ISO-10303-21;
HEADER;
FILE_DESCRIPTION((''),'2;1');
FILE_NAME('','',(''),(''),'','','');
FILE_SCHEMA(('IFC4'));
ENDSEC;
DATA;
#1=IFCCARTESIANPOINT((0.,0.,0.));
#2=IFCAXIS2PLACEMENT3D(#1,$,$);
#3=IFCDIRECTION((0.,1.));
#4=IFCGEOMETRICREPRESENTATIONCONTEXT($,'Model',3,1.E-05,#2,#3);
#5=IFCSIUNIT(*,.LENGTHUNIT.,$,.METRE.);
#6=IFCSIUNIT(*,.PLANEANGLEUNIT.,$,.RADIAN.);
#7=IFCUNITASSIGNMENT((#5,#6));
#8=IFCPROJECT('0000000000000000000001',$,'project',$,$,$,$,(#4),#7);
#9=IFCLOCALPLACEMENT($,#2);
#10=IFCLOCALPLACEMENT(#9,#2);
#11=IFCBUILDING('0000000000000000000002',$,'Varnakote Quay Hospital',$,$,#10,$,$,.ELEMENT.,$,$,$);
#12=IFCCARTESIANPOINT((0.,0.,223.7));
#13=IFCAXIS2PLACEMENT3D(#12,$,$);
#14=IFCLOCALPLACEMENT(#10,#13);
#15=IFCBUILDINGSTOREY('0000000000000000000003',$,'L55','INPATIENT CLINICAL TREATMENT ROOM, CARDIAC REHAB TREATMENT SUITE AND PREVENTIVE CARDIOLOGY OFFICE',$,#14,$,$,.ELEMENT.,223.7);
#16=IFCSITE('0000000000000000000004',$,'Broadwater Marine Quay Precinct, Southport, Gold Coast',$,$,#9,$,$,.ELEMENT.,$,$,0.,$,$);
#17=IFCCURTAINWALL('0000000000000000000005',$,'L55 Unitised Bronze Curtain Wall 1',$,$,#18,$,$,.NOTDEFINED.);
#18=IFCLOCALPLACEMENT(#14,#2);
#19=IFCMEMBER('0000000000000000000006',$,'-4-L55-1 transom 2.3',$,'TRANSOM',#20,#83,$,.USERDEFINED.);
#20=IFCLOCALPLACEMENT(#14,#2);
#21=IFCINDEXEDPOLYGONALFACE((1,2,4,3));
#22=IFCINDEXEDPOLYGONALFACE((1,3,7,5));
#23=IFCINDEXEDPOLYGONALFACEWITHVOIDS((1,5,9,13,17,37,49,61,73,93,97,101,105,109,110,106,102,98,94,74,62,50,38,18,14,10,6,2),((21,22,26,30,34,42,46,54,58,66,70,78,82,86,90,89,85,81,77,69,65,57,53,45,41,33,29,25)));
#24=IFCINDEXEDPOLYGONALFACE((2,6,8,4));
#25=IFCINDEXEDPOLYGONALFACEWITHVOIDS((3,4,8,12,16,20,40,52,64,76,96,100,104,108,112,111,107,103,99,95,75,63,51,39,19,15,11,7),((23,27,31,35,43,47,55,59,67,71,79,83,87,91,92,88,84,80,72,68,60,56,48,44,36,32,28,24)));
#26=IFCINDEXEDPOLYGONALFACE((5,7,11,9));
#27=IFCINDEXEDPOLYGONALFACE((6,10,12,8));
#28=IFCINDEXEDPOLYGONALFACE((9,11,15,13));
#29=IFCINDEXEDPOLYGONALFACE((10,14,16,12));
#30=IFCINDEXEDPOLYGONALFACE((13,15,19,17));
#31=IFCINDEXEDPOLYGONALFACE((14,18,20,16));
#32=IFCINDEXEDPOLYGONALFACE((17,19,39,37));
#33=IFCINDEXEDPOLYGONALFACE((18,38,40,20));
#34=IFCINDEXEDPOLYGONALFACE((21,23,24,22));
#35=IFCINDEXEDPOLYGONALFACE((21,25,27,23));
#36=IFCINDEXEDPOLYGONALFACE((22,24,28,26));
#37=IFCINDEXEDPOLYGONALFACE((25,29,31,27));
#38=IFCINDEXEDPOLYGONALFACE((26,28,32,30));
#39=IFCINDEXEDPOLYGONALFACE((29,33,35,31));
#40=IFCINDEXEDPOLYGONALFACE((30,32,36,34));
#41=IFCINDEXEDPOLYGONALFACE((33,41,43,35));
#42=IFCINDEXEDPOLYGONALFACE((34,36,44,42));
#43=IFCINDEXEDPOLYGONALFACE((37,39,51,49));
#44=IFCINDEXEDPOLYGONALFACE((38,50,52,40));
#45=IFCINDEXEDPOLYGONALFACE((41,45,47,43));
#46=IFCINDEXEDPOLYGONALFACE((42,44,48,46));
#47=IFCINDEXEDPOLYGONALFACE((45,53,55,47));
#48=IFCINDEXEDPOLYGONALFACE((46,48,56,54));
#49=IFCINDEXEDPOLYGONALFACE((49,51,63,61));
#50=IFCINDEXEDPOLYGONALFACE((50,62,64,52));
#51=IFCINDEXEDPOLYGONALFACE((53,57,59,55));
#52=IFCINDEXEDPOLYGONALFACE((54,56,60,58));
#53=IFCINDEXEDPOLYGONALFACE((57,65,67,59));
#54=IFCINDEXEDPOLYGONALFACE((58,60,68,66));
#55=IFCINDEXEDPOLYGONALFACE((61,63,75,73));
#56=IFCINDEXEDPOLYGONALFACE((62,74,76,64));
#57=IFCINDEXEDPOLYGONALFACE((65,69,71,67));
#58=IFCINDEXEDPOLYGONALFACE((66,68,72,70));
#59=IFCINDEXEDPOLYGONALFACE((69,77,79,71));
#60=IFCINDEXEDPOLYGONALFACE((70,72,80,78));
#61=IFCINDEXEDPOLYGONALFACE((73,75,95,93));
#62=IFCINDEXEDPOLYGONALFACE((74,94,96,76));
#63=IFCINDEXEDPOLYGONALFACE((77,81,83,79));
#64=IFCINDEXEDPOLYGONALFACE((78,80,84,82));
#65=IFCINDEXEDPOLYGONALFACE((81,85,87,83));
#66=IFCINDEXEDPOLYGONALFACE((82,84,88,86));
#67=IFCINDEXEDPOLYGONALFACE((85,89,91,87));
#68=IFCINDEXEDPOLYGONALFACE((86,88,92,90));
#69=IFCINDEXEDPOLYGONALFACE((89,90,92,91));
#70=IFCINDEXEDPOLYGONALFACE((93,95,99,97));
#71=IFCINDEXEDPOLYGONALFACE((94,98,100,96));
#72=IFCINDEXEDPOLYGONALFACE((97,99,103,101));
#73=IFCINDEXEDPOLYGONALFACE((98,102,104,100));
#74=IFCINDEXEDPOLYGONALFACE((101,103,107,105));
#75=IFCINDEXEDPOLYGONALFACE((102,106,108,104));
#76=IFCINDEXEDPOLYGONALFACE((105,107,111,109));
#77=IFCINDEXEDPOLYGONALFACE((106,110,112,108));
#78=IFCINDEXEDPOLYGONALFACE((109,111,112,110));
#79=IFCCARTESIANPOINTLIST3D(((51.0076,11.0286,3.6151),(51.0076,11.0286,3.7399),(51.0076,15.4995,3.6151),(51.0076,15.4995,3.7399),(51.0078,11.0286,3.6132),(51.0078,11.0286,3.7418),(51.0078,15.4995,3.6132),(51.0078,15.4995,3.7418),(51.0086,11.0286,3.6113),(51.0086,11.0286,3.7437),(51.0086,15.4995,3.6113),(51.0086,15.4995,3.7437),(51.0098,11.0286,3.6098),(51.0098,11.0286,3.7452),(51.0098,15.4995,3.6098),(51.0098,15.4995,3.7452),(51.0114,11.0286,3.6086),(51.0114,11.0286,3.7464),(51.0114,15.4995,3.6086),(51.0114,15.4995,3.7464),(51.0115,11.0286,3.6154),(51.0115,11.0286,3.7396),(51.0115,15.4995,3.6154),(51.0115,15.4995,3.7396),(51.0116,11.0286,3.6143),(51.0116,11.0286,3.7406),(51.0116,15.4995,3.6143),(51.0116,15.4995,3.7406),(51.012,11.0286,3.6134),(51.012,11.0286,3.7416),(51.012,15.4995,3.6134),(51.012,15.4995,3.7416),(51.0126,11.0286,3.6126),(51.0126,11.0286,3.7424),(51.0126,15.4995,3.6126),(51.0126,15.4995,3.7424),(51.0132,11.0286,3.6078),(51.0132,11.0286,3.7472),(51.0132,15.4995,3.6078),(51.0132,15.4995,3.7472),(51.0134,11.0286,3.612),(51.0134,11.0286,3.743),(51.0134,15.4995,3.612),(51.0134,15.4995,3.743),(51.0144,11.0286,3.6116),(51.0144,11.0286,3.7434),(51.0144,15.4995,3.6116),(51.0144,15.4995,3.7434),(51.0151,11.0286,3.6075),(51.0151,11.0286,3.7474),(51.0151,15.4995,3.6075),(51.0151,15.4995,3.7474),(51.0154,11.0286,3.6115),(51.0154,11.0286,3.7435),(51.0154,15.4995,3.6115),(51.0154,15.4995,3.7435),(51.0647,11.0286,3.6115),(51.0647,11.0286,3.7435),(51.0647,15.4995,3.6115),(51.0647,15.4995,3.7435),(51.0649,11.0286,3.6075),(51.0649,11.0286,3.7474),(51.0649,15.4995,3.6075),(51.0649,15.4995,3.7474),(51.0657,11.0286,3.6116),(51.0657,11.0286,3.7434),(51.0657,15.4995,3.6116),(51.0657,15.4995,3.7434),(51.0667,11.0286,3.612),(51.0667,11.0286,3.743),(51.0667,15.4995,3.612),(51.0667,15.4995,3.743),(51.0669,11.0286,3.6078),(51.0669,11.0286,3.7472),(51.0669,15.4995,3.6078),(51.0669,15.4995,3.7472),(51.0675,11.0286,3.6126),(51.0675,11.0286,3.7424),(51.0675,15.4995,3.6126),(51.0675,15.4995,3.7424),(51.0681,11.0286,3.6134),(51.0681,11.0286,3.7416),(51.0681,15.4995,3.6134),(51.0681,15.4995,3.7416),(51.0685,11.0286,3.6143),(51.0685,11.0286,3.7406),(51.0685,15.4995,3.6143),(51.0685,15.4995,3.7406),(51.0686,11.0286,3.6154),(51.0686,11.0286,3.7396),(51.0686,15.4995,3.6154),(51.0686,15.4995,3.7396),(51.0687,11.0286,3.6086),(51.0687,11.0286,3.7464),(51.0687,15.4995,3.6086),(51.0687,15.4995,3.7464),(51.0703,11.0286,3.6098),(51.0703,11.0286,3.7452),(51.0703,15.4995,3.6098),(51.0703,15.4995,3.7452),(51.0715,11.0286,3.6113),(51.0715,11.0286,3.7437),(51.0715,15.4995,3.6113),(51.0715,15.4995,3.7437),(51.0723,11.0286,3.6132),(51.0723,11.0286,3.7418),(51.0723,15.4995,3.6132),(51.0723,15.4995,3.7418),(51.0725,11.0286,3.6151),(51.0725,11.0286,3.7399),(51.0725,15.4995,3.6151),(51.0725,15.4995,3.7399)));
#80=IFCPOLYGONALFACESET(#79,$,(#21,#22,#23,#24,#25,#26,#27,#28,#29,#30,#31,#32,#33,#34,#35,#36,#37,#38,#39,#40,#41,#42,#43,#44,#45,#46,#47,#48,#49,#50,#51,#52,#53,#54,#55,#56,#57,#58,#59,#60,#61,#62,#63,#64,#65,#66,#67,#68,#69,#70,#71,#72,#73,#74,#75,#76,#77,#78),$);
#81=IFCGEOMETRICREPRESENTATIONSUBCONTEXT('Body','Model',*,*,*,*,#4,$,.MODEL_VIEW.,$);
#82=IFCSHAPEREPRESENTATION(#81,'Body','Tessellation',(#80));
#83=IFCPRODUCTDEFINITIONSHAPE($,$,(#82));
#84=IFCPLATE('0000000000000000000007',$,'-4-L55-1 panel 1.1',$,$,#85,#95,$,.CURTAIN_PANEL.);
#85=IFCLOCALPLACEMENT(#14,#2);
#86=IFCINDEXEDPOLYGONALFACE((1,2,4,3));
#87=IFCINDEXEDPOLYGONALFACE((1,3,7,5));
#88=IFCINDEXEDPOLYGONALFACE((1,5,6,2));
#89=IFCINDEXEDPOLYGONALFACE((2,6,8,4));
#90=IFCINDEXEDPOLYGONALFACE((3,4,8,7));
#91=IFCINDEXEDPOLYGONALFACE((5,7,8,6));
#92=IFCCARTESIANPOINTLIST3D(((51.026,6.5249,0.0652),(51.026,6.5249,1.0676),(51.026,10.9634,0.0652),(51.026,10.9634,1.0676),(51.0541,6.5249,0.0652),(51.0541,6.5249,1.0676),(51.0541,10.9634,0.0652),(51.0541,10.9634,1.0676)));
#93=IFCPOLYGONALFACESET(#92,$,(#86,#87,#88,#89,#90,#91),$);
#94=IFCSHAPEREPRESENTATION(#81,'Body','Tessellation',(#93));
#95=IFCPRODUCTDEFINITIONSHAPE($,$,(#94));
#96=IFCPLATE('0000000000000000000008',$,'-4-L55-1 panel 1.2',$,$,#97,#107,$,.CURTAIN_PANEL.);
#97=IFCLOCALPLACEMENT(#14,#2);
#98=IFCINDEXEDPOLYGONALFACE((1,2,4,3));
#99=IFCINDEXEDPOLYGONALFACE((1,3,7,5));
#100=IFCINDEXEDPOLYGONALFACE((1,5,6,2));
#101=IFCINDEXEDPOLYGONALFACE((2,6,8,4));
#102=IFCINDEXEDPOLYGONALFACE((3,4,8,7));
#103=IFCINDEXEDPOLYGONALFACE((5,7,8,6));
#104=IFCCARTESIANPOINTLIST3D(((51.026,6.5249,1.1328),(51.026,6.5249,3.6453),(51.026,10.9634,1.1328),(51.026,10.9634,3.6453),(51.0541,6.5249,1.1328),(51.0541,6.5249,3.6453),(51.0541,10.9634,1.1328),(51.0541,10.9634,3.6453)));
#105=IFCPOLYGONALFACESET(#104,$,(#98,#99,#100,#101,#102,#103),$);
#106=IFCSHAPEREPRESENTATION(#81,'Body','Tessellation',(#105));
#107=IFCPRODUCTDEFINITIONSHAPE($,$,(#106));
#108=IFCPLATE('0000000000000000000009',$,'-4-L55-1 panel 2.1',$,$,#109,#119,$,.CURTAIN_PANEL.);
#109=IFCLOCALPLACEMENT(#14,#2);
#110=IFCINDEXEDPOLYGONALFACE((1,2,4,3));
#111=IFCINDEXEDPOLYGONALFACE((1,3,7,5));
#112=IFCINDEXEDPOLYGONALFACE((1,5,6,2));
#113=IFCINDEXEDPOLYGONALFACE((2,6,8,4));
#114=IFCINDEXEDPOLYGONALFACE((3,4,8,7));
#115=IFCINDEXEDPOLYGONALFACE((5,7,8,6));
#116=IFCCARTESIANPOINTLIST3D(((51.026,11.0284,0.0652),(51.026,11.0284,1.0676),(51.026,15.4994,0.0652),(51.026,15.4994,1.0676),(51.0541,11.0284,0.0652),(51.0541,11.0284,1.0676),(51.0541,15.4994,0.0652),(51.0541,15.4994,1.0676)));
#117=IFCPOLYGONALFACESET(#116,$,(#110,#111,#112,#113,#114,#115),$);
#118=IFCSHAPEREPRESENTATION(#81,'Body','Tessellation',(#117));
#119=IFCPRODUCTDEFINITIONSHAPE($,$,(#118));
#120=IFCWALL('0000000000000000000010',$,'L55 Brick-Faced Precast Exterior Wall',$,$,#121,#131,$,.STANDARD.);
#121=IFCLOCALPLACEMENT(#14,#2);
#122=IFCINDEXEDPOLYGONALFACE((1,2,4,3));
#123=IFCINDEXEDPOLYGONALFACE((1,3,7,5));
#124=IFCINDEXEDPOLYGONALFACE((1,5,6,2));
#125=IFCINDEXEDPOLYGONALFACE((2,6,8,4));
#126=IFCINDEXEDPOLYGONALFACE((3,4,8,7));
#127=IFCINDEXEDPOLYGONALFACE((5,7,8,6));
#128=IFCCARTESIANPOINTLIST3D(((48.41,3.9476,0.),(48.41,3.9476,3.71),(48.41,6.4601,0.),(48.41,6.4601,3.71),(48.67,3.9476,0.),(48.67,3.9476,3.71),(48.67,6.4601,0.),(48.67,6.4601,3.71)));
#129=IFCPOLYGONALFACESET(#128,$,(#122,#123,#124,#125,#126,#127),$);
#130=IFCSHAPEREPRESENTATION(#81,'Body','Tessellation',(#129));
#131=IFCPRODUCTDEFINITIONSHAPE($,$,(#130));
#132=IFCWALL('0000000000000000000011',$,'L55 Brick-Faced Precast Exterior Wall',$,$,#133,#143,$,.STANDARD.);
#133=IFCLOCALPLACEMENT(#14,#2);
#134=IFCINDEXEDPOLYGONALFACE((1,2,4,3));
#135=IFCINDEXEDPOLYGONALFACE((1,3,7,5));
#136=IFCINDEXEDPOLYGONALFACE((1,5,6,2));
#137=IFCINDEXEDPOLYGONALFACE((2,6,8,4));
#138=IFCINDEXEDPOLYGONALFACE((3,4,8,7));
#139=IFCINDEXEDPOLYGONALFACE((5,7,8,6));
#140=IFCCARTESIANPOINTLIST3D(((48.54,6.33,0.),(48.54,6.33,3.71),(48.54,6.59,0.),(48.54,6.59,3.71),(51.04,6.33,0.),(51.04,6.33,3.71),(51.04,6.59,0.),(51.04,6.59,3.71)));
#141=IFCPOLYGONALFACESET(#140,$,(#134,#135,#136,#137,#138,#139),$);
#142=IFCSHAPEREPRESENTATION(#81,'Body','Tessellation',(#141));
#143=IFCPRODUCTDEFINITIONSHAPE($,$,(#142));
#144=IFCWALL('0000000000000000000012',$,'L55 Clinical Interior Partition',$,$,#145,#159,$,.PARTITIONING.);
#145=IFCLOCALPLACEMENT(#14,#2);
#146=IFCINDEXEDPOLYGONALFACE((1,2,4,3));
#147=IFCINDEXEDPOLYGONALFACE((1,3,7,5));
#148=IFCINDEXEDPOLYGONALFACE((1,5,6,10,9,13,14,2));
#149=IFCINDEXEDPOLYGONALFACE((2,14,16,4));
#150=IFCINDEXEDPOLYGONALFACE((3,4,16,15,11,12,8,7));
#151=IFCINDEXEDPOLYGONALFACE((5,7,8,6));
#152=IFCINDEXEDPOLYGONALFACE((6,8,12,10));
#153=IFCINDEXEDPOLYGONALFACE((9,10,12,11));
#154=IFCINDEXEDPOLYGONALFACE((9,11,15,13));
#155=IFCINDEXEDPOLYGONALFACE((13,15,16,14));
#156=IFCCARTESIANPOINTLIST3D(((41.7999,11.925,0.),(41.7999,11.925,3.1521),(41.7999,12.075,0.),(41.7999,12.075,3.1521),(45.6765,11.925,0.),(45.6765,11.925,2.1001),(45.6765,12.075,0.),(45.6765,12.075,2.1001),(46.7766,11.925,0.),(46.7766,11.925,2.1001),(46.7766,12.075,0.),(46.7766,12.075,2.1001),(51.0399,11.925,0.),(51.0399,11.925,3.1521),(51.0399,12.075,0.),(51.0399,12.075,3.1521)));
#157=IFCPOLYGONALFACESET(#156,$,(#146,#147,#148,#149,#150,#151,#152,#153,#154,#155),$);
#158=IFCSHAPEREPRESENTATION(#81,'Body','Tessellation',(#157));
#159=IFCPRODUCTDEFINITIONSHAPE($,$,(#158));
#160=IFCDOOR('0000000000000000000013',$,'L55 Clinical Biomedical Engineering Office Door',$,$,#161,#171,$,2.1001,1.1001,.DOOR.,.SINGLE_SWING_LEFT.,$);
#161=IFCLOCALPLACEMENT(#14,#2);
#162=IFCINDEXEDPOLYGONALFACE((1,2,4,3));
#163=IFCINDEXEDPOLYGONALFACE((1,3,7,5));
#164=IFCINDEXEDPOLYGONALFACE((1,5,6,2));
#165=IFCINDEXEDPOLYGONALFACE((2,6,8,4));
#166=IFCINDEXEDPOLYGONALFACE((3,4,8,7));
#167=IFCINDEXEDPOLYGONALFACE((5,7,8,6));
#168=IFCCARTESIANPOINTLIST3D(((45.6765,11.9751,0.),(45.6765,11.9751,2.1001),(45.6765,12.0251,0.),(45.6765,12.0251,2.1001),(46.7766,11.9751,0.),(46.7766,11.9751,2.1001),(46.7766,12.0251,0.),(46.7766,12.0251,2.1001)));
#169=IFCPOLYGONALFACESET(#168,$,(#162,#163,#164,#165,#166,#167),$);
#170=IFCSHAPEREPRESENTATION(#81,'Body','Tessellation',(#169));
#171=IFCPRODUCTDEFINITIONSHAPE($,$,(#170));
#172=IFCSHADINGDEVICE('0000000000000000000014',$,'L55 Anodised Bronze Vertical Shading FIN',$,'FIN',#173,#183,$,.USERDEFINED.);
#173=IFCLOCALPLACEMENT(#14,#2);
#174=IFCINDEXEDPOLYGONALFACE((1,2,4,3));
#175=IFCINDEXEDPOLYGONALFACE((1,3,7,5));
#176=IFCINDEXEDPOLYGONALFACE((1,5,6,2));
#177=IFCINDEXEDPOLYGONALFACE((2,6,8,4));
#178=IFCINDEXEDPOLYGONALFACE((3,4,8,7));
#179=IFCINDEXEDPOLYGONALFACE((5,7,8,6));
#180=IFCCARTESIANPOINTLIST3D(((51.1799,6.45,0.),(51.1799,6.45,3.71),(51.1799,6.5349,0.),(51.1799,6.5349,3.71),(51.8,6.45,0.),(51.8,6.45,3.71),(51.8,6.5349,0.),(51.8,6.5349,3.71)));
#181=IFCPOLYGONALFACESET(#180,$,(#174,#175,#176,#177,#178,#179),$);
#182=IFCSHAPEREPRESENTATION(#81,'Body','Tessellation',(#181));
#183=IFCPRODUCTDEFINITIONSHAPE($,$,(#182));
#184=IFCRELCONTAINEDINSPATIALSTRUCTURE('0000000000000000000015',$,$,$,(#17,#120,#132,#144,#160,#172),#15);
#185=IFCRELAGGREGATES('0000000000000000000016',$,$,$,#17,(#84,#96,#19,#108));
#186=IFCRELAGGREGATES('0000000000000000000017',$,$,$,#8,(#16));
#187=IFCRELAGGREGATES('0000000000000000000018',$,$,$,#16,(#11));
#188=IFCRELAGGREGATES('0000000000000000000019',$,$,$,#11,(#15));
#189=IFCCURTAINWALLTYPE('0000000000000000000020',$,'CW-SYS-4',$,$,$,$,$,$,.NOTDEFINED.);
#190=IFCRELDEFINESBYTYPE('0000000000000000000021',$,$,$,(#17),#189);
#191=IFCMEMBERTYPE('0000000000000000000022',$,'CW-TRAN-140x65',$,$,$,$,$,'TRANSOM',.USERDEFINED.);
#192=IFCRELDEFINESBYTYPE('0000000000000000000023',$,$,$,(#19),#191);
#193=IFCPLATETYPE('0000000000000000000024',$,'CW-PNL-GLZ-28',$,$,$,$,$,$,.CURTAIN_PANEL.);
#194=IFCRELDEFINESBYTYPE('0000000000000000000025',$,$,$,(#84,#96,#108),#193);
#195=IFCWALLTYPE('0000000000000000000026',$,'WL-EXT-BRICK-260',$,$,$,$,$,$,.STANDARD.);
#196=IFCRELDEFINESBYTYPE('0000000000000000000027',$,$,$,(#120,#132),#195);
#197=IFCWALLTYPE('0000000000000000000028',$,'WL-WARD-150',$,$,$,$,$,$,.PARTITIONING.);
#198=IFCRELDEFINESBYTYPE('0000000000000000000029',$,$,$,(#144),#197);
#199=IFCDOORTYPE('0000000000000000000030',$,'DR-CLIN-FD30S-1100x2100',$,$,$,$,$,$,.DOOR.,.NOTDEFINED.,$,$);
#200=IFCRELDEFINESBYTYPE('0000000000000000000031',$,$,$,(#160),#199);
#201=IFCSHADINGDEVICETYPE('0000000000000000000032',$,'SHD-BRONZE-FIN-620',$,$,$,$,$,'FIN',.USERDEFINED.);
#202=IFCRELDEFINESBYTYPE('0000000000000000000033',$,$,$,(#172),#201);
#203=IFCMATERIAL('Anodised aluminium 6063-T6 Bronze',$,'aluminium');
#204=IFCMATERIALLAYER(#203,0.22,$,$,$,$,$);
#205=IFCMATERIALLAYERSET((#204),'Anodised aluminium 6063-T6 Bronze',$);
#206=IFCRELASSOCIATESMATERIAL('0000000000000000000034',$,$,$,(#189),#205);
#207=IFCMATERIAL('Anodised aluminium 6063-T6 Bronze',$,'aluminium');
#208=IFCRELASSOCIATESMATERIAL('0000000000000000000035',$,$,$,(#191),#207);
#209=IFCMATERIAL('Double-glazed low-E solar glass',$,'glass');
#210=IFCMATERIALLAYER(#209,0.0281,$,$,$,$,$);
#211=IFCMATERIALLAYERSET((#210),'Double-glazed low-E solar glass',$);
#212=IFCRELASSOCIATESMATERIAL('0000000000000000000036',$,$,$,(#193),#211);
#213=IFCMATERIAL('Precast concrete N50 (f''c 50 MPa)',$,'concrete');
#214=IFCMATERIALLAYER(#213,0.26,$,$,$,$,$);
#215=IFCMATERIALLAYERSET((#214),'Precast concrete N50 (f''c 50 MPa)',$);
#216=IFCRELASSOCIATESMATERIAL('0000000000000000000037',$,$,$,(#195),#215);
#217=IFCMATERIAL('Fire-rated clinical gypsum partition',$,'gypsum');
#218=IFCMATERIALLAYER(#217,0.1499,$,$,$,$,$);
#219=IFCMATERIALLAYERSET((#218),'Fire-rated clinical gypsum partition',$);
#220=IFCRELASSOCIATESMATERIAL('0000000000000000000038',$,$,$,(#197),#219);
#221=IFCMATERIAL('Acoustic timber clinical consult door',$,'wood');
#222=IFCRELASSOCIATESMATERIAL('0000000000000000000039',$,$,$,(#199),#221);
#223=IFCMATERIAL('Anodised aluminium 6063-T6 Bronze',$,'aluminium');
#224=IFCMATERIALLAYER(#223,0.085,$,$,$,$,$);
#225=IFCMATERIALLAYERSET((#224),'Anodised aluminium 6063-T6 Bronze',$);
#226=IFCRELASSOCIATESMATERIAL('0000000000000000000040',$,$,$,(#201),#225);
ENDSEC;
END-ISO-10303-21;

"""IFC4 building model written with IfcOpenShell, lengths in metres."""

from ifc_helpers import new_model, si_unit, direction, frame, frame_2d, origin, origin_2d, place, context, subcontext, project, spatial, rectangle, hollow_rectangle, extrude, material, layer, layer_set, material_profile, profile_set, type_object, element, fill, aggregate, save


model = new_model("IFC4")

# Units and contexts
model_context = context("Model", 3, precision=1e-05, world=origin(), true_north=direction((0.0, 1.0)))
body_context = subcontext(model_context, "Body", "Model", "MODEL_VIEW")
ifc_project = project(units=[si_unit("LENGTHUNIT", "METRE"), si_unit("PLANEANGLEUNIT", "RADIAN")], contexts=[model_context])

# Site, building, storey
site_placement = place(None, origin())
site = spatial("IfcSite", under=ifc_project, at=site_placement, Name="Broadwater Marine Quay Precinct, Southport, Gold Coast", CompositionType="ELEMENT", RefElevation=0.0)
building_placement = place(site_placement, origin())
building = spatial("IfcBuilding", under=site, at=building_placement, Name="Varnakote Quay Hospital", CompositionType="ELEMENT")
storey_placement = place(building_placement, frame((0.0, 0.0, 223.7)))
storey = spatial("IfcBuildingStorey", under=building, at=storey_placement, Name="L55", Description="INPATIENT CLINICAL TREATMENT ROOM, CARDIAC REHAB TREATMENT SUITE AND PREVENTIVE CARDIOLOGY OFFICE", CompositionType="ELEMENT", Elevation=223.7)

# Curtain wall, member, plates
ifc_material_1 = material(Name="Anodised aluminium 6063-T6 Bronze", Category="aluminium")
ifc_layer_1 = layer(ifc_material_1, 0.22)
ifc_layer_set_1 = layer_set([ifc_layer_1], Name="Anodised aluminium 6063-T6 Bronze")
curtain_wall_type = type_object("IfcCurtainWallType", Name="CW-SYS-4", PredefinedType="NOTDEFINED", material=ifc_layer_set_1)
curtain_wall_placement = place(storey_placement, origin())
curtain_wall = element("IfcCurtainWall", 1, at=curtain_wall_placement, inside=storey, type_object=curtain_wall_type, Name="L55 Unitised Bronze Curtain Wall 1", PredefinedType="NOTDEFINED")
ifc_material_2 = material(Name="Anodised aluminium 6063-T6 Bronze", Category="aluminium")
ifc_material_profile_1 = material_profile(ifc_material_2, hollow_rectangle(XDim=0.0649, YDim=0.1399, WallThickness=0.0039, InnerFilletRadius=0.0039, OuterFilletRadius=0.0076, at=origin_2d()), Name="CW-TRAN-140x65")
ifc_profile_set_1 = profile_set([ifc_material_profile_1], Name="Anodised aluminium 6063-T6 Bronze")
member_type_1 = type_object("IfcMemberType", Name="CW-TRAN-140x65", ElementType="TRANSOM", PredefinedType="USERDEFINED", material=ifc_profile_set_1)
member_1_placement = place(storey_placement, frame((51.04, 11.0286, 3.6775), z_axis=(0.0, 1.0, 0.0), x_axis=(-1.0, 0.0, 0.0)))
member_1 = element("IfcMember", 2, at=member_1_placement, type_object=member_type_1, Name="-4-L55-1 transom 2.3", ObjectType="TRANSOM", PredefinedType="USERDEFINED", context=body_context, shape_type="SweptSolid", body=[
    extrude(hollow_rectangle(XDim=0.0649, YDim=0.1399, WallThickness=0.0039, InnerFilletRadius=0.0039, OuterFilletRadius=0.0076, at=origin_2d()), origin(), (0.0, 0.0, 1.0), 4.4709),
])
ifc_material_3 = material(Name="Double-glazed low-E solar glass", Category="glass")
ifc_layer_2 = layer(ifc_material_3, 0.0281)
ifc_layer_set_2 = layer_set([ifc_layer_2], Name="Double-glazed low-E solar glass")
plate_type = type_object("IfcPlateType", Name="CW-PNL-GLZ-28", PredefinedType="CURTAIN_PANEL", material=ifc_layer_set_2)
plate_1_placement = place(storey_placement, frame((51.04, 8.7441, 0.0652), z_axis=(0.0, 0.0, 1.0), x_axis=(0.0, 1.0, 0.0)))
plate_1 = element("IfcPlate", 3, at=plate_1_placement, type_object=plate_type, Name="-4-L55-1 panel 1.1", PredefinedType="CURTAIN_PANEL", context=body_context, shape_type="SweptSolid", body=[
    extrude(rectangle(XDim=4.4385, YDim=0.0281, at=origin_2d()), origin(), (0.0, 0.0, 1.0), 1.0024),
])
plate_2_placement = place(storey_placement, frame((51.04, 8.7441, 1.1328), z_axis=(0.0, 0.0, 1.0), x_axis=(0.0, 1.0, 0.0)))
plate_2 = element("IfcPlate", 4, at=plate_2_placement, type_object=plate_type, Name="-4-L55-1 panel 1.2", PredefinedType="CURTAIN_PANEL", context=body_context, shape_type="SweptSolid", body=[
    extrude(rectangle(XDim=4.4385, YDim=0.0281, at=origin_2d()), origin(), (0.0, 0.0, 1.0), 2.5125),
])
plate_3_placement = place(storey_placement, frame((51.04, 13.2639, 0.0652), z_axis=(0.0, 0.0, 1.0), x_axis=(0.0, 1.0, 0.0)))
plate_3 = element("IfcPlate", 5, at=plate_3_placement, type_object=plate_type, Name="-4-L55-1 panel 2.1", PredefinedType="CURTAIN_PANEL", context=body_context, shape_type="SweptSolid", body=[
    extrude(rectangle(XDim=4.4709, YDim=0.0281, at=origin_2d()), origin(), (0.0, 0.0, 1.0), 1.0024),
])
aggregate(curtain_wall, [plate_1, plate_2, member_1, plate_3])

# Walls
ifc_material_4 = material(Name="Precast concrete N50 (f'c 50 MPa)", Category="concrete")
ifc_layer_3 = layer(ifc_material_4, 0.26)
ifc_layer_set_3 = layer_set([ifc_layer_3], Name="Precast concrete N50 (f'c 50 MPa)")
wall_type_1 = type_object("IfcWallType", Name="WL-EXT-BRICK-260", PredefinedType="STANDARD", material=ifc_layer_set_3)
wall_1_placement = place(storey_placement, frame((48.54, 3.9475, 0.0), z_axis=(0.0, 0.0, 1.0), x_axis=(0.0, 1.0, 0.0)))
element("IfcWall", 6, at=wall_1_placement, inside=storey, type_object=wall_type_1, Name="L55 Brick-Faced Precast Exterior Wall", PredefinedType="STANDARD", context=body_context, shape_type="SweptSolid", body=[
    extrude(rectangle(XDim=2.5125, YDim=0.26, at=frame_2d((1.2563, 0.0))), origin(), (0.0, 0.0, 1.0), 3.71),
])
wall_2_placement = place(storey_placement, frame((48.54, 6.46, 0.0), z_axis=(0.0, 0.0, 1.0), x_axis=(1.0, 0.0, 0.0)))
element("IfcWall", 7, at=wall_2_placement, inside=storey, type_object=wall_type_1, Name="L55 Brick-Faced Precast Exterior Wall", PredefinedType="STANDARD", context=body_context, shape_type="SweptSolid", body=[
    extrude(rectangle(XDim=2.5, YDim=0.26, at=frame_2d((1.25, 0.0))), origin(), (0.0, 0.0, 1.0), 3.71),
])

# Wall, opening, door
ifc_material_5 = material(Name="Fire-rated clinical gypsum partition", Category="gypsum")
ifc_layer_4 = layer(ifc_material_5, 0.1499)
ifc_layer_set_4 = layer_set([ifc_layer_4], Name="Fire-rated clinical gypsum partition")
wall_type_2 = type_object("IfcWallType", Name="WL-WARD-150", PredefinedType="PARTITIONING", material=ifc_layer_set_4)
wall_3_placement = place(storey_placement, frame((51.04, 12.0, 0.0), z_axis=(0.0, 0.0, 1.0), x_axis=(-1.0, 0.0, 0.0)))
wall_3 = element("IfcWall", 8, at=wall_3_placement, inside=storey, type_object=wall_type_2, Name="L55 Clinical Interior Partition", PredefinedType="PARTITIONING", context=body_context, shape_type="SweptSolid", body=[
    extrude(rectangle(XDim=9.24, YDim=0.1499, at=frame_2d((4.6201, 0.0))), origin(), (0.0, 0.0, 1.0), 3.1521),
])
opening_placement = place(wall_3_placement, frame((4.2634, 0.0, 0.0)))
opening = element("IfcOpeningElement", 9, at=opening_placement, cuts=wall_3, PredefinedType="OPENING", context=body_context, shape_type="SweptSolid", body=[
    extrude(rectangle(XDim=1.1001, YDim=2.1001, at=frame_2d((0.55, 1.05))), frame((0.0, 0.085, 0.0), z_axis=(0.0, -1.0, 0.0), x_axis=(1.0, 0.0, 0.0)), (0.0, 0.0, 1.0), 0.1699),
])
ifc_material_6 = material(Name="Acoustic timber clinical consult door", Category="wood")
door_type = type_object("IfcDoorType", Name="DR-CLIN-FD30S-1100x2100", OperationType="NOTDEFINED", PredefinedType="DOOR", material=ifc_material_6)
door_placement = place(opening_placement, origin())
door = element("IfcDoor", 10, at=door_placement, inside=storey, type_object=door_type, Name="L55 Clinical Biomedical Engineering Office Door", OperationType="SINGLE_SWING_LEFT", OverallHeight=2.1001, OverallWidth=1.1001, PredefinedType="DOOR", context=body_context, shape_type="SweptSolid", body=[
    extrude(rectangle(XDim=1.1001, YDim=2.1001, at=frame_2d((0.55, 1.05))), frame((0.0, 0.0249, 0.0), z_axis=(0.0, -1.0, 0.0), x_axis=(1.0, 0.0, 0.0)), (0.0, 0.0, 1.0), 0.05),
])
fill(opening, door)

# Shading device
ifc_material_7 = material(Name="Anodised aluminium 6063-T6 Bronze", Category="aluminium")
ifc_layer_5 = layer(ifc_material_7, 0.085)
ifc_layer_set_5 = layer_set([ifc_layer_5], Name="Anodised aluminium 6063-T6 Bronze")
shading_device_type = type_object("IfcShadingDeviceType", Name="SHD-BRONZE-FIN-620", ElementType="FIN", PredefinedType="USERDEFINED", material=ifc_layer_set_5)
for number, where, z_axis, x_axis, name in (
    (11, (51.49, 6.4924, 0.0), (0.0, 0.0, 1.0), (-1.0, 0.0, 0.0), "L55 Anodised Bronze Vertical Shading FIN"),
):
    element("IfcShadingDevice", number, at=place(storey_placement, frame(where, z_axis=z_axis, x_axis=x_axis)), inside=storey, type_object=shading_device_type, Name=name, ObjectType="FIN", PredefinedType="USERDEFINED", context=body_context, shape_type="SweptSolid", body=[
        extrude(rectangle(XDim=0.6201, YDim=0.085, at=origin_2d()), origin(), (0.0, 0.0, 1.0), 3.71),
    ])

save(model, "model.ifc")
